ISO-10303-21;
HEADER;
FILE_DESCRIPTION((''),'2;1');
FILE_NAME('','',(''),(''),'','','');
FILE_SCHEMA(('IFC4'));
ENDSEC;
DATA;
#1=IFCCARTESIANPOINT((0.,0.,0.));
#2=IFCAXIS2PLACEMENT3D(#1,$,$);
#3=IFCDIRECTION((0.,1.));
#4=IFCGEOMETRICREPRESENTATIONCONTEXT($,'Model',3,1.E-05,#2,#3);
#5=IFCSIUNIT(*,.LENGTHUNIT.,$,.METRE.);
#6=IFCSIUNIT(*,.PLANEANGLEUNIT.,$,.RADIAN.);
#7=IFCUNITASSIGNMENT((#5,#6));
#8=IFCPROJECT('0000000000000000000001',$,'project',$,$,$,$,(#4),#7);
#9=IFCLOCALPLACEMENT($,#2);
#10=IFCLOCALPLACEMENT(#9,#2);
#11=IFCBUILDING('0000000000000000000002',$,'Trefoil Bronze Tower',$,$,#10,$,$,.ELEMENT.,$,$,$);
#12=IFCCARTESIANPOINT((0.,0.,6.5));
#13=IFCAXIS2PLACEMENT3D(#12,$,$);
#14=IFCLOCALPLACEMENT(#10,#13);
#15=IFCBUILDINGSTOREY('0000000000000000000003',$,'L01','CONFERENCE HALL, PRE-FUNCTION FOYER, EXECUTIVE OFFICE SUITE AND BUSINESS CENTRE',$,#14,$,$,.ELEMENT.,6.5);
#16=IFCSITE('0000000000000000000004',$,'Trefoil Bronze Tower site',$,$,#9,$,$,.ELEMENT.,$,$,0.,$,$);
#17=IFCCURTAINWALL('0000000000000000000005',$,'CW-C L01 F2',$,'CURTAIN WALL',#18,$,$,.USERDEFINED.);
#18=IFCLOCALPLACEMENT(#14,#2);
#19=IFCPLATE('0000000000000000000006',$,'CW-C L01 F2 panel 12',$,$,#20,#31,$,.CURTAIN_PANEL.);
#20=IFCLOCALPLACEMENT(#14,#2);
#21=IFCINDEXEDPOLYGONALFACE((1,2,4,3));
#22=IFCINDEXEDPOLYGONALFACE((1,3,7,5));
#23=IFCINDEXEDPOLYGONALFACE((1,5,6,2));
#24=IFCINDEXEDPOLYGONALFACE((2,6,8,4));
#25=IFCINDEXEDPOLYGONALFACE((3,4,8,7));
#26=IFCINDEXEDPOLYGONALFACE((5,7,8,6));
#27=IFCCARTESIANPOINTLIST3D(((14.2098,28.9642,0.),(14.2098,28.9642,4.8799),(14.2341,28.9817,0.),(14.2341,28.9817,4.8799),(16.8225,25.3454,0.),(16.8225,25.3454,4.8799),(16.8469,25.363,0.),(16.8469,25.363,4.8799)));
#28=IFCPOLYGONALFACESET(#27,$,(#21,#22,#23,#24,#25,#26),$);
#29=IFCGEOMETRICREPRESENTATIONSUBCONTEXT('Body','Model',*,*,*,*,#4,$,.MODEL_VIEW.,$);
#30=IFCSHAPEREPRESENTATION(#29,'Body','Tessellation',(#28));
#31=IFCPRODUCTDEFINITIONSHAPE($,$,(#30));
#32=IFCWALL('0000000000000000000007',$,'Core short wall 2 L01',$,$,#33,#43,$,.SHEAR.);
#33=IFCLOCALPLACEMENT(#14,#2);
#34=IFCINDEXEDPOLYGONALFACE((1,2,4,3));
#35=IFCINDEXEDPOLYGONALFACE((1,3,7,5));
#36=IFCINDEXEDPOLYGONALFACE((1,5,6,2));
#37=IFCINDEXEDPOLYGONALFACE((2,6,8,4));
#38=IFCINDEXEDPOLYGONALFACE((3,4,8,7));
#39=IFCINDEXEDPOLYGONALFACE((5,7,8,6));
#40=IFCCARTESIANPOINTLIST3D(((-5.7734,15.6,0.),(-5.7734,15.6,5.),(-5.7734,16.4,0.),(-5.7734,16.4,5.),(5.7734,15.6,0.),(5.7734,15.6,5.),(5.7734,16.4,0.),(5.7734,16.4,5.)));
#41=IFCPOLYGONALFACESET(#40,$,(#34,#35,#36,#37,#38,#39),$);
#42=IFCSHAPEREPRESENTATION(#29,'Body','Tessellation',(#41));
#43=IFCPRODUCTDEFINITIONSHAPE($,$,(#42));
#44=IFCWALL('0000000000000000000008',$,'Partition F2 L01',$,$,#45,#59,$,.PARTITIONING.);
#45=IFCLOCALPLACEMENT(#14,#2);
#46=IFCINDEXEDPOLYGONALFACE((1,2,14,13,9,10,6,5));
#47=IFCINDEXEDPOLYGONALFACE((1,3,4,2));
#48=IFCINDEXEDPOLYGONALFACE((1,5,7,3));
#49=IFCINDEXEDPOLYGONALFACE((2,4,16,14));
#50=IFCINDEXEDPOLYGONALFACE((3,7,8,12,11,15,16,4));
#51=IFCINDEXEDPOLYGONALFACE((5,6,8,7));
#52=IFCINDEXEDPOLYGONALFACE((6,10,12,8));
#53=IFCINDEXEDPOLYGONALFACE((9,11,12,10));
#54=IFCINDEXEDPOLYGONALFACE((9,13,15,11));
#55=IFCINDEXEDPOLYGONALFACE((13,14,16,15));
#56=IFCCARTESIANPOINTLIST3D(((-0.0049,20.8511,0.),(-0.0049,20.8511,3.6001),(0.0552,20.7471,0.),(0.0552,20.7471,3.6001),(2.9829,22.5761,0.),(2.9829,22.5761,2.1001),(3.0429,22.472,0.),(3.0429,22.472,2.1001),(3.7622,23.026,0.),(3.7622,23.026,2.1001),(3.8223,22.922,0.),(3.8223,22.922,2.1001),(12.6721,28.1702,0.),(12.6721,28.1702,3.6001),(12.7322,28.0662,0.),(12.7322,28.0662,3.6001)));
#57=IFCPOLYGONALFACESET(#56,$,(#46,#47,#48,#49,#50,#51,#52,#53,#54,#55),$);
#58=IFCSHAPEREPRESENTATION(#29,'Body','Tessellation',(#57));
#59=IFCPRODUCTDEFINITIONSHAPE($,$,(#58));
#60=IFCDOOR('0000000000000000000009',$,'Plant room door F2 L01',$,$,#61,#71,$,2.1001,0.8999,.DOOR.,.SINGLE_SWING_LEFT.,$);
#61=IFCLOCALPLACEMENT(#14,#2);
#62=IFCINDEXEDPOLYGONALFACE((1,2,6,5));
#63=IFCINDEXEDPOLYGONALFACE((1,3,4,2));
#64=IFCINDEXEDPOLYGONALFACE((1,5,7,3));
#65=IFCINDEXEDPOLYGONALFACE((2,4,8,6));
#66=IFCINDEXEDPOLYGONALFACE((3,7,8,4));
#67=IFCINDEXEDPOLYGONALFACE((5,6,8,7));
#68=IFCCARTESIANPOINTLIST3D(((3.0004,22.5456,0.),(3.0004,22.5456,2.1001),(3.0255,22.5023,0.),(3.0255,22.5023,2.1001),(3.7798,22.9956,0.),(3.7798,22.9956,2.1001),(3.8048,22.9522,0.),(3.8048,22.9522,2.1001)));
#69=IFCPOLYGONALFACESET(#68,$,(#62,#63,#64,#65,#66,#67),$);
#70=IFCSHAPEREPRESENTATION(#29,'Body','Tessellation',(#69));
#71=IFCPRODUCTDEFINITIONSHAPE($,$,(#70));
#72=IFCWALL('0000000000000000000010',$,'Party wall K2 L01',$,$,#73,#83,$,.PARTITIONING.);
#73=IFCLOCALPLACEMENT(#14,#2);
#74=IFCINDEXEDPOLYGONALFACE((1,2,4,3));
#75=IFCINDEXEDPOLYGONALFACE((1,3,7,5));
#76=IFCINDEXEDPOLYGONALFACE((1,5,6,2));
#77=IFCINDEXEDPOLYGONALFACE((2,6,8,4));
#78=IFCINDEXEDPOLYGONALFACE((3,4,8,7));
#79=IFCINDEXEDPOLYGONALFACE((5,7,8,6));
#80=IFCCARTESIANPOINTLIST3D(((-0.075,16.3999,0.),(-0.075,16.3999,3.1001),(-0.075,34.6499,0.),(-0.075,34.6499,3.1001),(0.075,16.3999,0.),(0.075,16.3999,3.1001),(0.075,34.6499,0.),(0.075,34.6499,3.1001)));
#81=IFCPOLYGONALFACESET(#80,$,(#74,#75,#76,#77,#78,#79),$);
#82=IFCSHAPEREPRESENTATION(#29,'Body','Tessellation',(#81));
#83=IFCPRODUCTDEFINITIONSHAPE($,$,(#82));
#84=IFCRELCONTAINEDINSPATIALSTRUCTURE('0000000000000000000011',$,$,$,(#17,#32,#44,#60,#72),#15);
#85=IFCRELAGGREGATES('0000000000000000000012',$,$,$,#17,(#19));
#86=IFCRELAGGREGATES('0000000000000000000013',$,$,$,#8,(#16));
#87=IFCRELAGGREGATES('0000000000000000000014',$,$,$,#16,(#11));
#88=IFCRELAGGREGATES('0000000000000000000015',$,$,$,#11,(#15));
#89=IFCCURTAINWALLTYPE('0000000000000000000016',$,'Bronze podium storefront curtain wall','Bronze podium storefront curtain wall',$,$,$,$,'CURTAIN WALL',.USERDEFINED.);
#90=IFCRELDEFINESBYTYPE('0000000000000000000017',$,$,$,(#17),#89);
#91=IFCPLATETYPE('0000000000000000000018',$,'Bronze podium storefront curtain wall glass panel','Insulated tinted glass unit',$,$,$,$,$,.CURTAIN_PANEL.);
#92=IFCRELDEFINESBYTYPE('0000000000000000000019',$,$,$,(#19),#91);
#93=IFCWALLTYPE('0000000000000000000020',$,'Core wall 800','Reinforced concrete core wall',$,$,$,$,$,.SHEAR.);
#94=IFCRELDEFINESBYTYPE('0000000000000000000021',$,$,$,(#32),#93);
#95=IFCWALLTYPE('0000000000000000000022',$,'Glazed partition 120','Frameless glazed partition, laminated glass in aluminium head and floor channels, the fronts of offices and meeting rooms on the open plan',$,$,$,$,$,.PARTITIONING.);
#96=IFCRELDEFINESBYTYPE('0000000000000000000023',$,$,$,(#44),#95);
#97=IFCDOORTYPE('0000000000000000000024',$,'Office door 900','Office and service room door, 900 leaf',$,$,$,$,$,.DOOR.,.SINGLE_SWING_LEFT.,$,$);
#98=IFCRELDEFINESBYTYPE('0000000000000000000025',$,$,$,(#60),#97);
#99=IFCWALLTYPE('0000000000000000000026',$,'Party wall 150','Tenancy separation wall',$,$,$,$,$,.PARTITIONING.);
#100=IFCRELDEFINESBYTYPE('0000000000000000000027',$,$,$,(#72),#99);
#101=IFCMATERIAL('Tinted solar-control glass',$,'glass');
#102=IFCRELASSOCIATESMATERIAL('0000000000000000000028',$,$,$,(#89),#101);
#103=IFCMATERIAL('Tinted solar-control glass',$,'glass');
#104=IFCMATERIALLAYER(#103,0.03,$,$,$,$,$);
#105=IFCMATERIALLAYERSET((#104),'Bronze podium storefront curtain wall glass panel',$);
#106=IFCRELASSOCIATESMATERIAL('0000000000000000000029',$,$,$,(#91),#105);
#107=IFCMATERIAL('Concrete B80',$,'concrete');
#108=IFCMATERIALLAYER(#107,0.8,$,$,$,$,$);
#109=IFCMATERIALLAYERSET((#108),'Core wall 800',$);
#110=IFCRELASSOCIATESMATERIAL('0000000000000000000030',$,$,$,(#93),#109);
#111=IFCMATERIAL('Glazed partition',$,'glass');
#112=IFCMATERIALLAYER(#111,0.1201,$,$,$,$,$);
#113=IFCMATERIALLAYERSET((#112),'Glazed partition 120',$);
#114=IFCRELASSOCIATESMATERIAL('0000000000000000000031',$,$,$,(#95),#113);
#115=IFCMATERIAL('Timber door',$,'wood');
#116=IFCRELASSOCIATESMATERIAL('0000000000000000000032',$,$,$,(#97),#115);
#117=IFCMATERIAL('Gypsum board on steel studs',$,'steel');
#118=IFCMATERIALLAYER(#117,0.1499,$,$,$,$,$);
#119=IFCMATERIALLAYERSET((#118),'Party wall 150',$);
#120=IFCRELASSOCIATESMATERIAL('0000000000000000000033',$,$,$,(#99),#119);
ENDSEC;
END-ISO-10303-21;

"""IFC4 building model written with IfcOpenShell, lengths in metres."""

from ifc_helpers import new_model, si_unit, direction, frame, frame_2d, origin, origin_2d, place, context, subcontext, project, spatial, rectangle, extrude, material, layer, layer_set, type_object, element, fill, aggregate, save


model = new_model("IFC4")

# Units and contexts
model_context = context("Model", 3, precision=1e-05, world=origin(), true_north=direction((0.0, 1.0)))
body_context = subcontext(model_context, "Body", "Model", "MODEL_VIEW")
ifc_project = project(units=[si_unit("LENGTHUNIT", "METRE"), si_unit("PLANEANGLEUNIT", "RADIAN")], contexts=[model_context])

# Site, building, storey
site_placement = place(None, origin())
site = spatial("IfcSite", under=ifc_project, at=site_placement, Name="Trefoil Bronze Tower site", CompositionType="ELEMENT", RefElevation=0.0)
building_placement = place(site_placement, origin())
building = spatial("IfcBuilding", under=site, at=building_placement, Name="Trefoil Bronze Tower", CompositionType="ELEMENT")
storey_placement = place(building_placement, frame((0.0, 0.0, 6.5)))
storey = spatial("IfcBuildingStorey", under=building, at=storey_placement, Name="L01", Description="CONFERENCE HALL, PRE-FUNCTION FOYER, EXECUTIVE OFFICE SUITE AND BUSINESS CENTRE", CompositionType="ELEMENT", Elevation=6.5)

# Curtain wall
ifc_material_1 = material(Name="Tinted solar-control glass", Category="glass")
curtain_wall_type = type_object("IfcCurtainWallType", Name="Bronze podium storefront curtain wall", Description="Bronze podium storefront curtain wall", ElementType="CURTAIN WALL", PredefinedType="USERDEFINED", material=ifc_material_1)
curtain_wall_placement = place(storey_placement, origin())
curtain_wall = element("IfcCurtainWall", 1, at=curtain_wall_placement, inside=storey, type_object=curtain_wall_type, Name="CW-C L01 F2", ObjectType="CURTAIN WALL", PredefinedType="USERDEFINED")

# Plate
ifc_material_2 = material(Name="Tinted solar-control glass", Category="glass")
ifc_layer_1 = layer(ifc_material_2, 0.03)
ifc_layer_set_1 = layer_set([ifc_layer_1], Name="Bronze podium storefront curtain wall glass panel")
plate_type = type_object("IfcPlateType", Name="Bronze podium storefront curtain wall glass panel", Description="Insulated tinted glass unit", PredefinedType="CURTAIN_PANEL", material=ifc_layer_set_1)
plate_1_placement = place(storey_placement, frame((15.5283, 27.1636, 0.0), z_axis=(0.0, 0.0, 1.0), x_axis=(-0.585373, 0.810764, 0.0)))
plate_1 = element("IfcPlate", 2, at=plate_1_placement, type_object=plate_type, Name="CW-C L01 F2 panel 12", PredefinedType="CURTAIN_PANEL", context=body_context, shape_type="SweptSolid", body=[
    extrude(rectangle(XDim=4.4634, YDim=0.03, at=origin_2d()), origin(), (0.0, 0.0, 1.0), 4.8799),
])
aggregate(curtain_wall, [plate_1])

# Wall
ifc_material_3 = material(Name="Concrete B80", Category="concrete")
ifc_layer_2 = layer(ifc_material_3, 0.8)
ifc_layer_set_2 = layer_set([ifc_layer_2], Name="Core wall 800")
wall_type_1 = type_object("IfcWallType", Name="Core wall 800", Description="Reinforced concrete core wall", PredefinedType="SHEAR", material=ifc_layer_set_2)
wall_1_placement = place(storey_placement, frame((5.7734, 16.0, 0.0), z_axis=(0.0, 0.0, 1.0), x_axis=(-1.0, 0.0, 0.0)))
element("IfcWall", 3, at=wall_1_placement, inside=storey, type_object=wall_type_1, Name="Core short wall 2 L01", PredefinedType="SHEAR", context=body_context, shape_type="SweptSolid", body=[
    extrude(rectangle(XDim=11.5469, YDim=0.8, at=frame_2d((5.7734, 0.0))), origin(), (0.0, 0.0, 1.0), 5.0),
])

# Wall, opening, door
ifc_material_4 = material(Name="Glazed partition", Category="glass")
ifc_layer_3 = layer(ifc_material_4, 0.1201)
ifc_layer_set_3 = layer_set([ifc_layer_3], Name="Glazed partition 120")
wall_type_2 = type_object("IfcWallType", Name="Glazed partition 120", Description="Frameless glazed partition, laminated glass in aluminium head and floor channels, the fronts of offices and meeting rooms on the open plan", PredefinedType="PARTITIONING", material=ifc_layer_set_3)
wall_2_placement = place(storey_placement, frame((0.0251, 20.7991, 0.0), z_axis=(0.0, 0.0, 1.0), x_axis=(0.866025, 0.500001, 0.0)))
wall_2 = element("IfcWall", 4, at=wall_2_placement, inside=storey, type_object=wall_type_2, Name="Partition F2 L01", PredefinedType="PARTITIONING", context=body_context, shape_type="SweptSolid", body=[
    extrude(rectangle(XDim=14.6382, YDim=0.1201, at=frame_2d((7.3191, 0.0))), origin(), (0.0, 0.0, 1.0), 3.6001),
])
opening_placement = place(wall_2_placement, frame((3.45, 0.0, 0.0)))
opening = element("IfcOpeningElement", 5, at=opening_placement, cuts=wall_2, PredefinedType="OPENING", context=body_context, shape_type="SweptSolid", body=[
    extrude(rectangle(XDim=0.8999, YDim=2.1001, at=frame_2d((0.45, 1.05))), frame((0.0, 0.0701, 0.0), z_axis=(0.0, -1.0, 0.0), x_axis=(1.0, 0.0, 0.0)), (0.0, 0.0, 1.0), 0.1401),
])
ifc_material_5 = material(Name="Timber door", Category="wood")
door_type = type_object("IfcDoorType", Name="Office door 900", Description="Office and service room door, 900 leaf", OperationType="SINGLE_SWING_LEFT", PredefinedType="DOOR", material=ifc_material_5)
door_placement = place(opening_placement, origin())
door = element("IfcDoor", 6, at=door_placement, inside=storey, type_object=door_type, Name="Plant room door F2 L01", OperationType="SINGLE_SWING_LEFT", OverallHeight=2.1001, OverallWidth=0.8999, PredefinedType="DOOR", context=body_context, shape_type="SweptSolid", body=[
    extrude(rectangle(XDim=0.8999, YDim=2.1001, at=frame_2d((0.45, 1.05))), frame((0.0, 0.0249, 0.0), z_axis=(0.0, -1.0, 0.0), x_axis=(1.0, 0.0, 0.0)), (0.0, 0.0, 1.0), 0.05),
])
fill(opening, door)

# Wall
ifc_material_6 = material(Name="Gypsum board on steel studs", Category="steel")
ifc_layer_4 = layer(ifc_material_6, 0.1499)
ifc_layer_set_4 = layer_set([ifc_layer_4], Name="Party wall 150")
wall_type_3 = type_object("IfcWallType", Name="Party wall 150", Description="Tenancy separation wall", PredefinedType="PARTITIONING", material=ifc_layer_set_4)
wall_3_placement = place(storey_placement, frame((0.0, 16.3999, 0.0), z_axis=(0.0, 0.0, 1.0), x_axis=(0.0, 1.0, 0.0)))
element("IfcWall", 7, at=wall_3_placement, inside=storey, type_object=wall_type_3, Name="Party wall K2 L01", PredefinedType="PARTITIONING", context=body_context, shape_type="SweptSolid", body=[
    extrude(rectangle(XDim=18.25, YDim=0.1499, at=frame_2d((9.125, 0.0))), origin(), (0.0, 0.0, 1.0), 3.1001),
])

save(model, "model.ifc")
